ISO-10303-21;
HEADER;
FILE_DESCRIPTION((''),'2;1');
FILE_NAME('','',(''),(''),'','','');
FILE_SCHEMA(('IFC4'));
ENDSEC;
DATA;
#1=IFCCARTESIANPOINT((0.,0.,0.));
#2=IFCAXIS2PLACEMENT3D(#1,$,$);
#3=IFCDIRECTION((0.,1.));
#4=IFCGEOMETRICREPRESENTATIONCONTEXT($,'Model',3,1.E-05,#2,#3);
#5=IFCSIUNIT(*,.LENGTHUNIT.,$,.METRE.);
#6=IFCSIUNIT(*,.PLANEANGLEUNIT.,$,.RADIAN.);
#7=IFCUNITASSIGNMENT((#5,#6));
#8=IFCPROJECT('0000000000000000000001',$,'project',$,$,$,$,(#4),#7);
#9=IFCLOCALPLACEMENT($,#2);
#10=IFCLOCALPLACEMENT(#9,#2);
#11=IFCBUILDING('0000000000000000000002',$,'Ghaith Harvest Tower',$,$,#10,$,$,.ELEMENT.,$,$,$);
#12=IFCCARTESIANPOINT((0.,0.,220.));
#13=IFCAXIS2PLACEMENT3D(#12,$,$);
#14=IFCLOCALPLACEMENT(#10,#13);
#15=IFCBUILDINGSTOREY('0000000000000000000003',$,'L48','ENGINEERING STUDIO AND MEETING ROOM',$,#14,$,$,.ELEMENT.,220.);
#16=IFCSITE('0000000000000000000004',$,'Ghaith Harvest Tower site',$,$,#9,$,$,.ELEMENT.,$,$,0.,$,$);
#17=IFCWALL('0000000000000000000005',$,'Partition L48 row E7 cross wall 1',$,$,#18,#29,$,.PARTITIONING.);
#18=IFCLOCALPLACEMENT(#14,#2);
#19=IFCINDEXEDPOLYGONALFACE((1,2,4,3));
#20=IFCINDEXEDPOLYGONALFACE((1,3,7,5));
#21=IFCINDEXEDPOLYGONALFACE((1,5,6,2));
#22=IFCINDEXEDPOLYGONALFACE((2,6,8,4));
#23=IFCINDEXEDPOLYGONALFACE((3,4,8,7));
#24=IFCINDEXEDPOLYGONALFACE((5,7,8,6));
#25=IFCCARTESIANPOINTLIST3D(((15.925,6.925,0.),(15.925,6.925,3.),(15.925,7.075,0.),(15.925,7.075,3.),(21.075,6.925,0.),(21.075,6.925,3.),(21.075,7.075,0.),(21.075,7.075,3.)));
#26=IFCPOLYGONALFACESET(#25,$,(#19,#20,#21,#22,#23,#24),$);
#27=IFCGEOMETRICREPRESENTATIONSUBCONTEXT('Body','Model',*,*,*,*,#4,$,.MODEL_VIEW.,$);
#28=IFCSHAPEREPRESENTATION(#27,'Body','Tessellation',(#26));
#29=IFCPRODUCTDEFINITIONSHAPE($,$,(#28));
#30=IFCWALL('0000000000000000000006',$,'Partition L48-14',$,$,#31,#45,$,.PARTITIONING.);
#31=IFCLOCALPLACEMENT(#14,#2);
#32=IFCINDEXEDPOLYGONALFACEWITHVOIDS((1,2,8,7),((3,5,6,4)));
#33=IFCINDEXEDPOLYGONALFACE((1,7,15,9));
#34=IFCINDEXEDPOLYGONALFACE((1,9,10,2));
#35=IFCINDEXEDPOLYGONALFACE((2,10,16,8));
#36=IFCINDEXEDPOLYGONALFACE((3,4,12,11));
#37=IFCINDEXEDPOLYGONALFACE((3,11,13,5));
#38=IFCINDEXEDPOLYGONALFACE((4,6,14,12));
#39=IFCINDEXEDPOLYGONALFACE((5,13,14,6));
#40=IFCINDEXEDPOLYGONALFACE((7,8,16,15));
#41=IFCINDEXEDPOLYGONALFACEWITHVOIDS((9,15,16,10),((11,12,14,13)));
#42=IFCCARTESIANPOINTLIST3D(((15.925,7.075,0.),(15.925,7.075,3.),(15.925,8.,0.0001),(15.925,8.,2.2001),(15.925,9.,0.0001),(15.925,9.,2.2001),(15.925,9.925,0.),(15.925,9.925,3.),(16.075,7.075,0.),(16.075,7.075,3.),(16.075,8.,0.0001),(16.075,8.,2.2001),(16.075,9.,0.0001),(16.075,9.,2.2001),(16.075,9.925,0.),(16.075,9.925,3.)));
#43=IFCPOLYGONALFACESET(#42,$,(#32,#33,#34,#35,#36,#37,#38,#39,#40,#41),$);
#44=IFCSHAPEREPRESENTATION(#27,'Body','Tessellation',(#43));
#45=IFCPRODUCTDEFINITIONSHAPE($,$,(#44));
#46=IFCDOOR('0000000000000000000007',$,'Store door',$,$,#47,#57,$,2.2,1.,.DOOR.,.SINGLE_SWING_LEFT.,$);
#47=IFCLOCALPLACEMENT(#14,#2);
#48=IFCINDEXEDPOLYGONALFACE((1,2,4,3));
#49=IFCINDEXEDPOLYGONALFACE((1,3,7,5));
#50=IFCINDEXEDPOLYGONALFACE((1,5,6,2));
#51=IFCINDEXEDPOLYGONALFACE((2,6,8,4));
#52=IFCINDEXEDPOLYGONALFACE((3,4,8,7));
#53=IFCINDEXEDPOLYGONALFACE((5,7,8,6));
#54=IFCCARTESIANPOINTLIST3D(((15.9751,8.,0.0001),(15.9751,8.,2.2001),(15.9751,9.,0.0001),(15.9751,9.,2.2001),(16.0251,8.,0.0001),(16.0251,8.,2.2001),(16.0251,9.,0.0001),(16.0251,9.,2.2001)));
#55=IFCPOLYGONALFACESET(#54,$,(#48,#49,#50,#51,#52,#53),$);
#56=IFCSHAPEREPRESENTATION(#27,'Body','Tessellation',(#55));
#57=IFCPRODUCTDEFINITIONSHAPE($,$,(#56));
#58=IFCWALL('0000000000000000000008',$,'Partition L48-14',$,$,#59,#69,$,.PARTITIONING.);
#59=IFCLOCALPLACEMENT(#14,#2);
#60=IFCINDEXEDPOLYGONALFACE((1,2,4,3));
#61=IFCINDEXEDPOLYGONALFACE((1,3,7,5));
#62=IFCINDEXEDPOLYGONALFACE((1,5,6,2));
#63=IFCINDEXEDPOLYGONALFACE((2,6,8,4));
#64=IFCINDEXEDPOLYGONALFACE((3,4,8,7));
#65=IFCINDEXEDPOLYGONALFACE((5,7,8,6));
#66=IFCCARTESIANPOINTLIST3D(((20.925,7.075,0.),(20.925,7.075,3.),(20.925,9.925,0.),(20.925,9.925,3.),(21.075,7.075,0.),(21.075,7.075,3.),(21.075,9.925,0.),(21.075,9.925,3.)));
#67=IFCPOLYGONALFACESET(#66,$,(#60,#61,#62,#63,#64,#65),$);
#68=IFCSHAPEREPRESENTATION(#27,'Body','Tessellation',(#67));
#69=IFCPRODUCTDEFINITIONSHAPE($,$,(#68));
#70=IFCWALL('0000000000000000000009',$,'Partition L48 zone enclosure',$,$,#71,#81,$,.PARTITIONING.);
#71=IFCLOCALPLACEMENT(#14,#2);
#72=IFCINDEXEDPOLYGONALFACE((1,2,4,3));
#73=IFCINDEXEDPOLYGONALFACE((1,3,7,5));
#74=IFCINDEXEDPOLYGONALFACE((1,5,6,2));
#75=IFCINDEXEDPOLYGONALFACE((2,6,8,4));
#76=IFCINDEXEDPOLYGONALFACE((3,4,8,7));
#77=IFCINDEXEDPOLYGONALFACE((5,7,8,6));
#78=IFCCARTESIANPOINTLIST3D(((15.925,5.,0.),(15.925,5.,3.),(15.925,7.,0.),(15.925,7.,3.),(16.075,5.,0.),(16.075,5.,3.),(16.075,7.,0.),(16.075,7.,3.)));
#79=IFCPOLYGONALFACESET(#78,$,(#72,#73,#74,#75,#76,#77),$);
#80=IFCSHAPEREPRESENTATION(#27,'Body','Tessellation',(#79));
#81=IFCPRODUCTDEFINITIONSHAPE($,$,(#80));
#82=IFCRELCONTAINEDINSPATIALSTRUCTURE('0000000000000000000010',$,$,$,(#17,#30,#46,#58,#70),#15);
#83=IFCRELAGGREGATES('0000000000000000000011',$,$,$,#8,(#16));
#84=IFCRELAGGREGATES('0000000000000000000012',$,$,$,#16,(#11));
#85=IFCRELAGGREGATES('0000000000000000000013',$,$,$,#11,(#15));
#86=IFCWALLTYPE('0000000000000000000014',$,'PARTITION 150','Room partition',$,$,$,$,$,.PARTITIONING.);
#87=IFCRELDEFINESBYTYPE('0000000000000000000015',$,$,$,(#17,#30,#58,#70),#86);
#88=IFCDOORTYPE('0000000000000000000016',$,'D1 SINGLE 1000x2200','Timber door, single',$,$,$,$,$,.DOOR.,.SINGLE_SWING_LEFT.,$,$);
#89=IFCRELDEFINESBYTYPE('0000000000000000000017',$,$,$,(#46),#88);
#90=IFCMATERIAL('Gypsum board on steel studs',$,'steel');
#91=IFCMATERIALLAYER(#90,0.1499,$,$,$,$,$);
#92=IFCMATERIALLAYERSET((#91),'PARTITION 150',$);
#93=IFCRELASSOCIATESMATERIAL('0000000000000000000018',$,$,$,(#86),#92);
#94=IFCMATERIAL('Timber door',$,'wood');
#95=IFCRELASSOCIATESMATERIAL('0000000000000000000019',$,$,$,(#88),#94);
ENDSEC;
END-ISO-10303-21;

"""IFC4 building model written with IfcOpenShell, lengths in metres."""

from ifc_helpers import new_model, si_unit, direction, frame, frame_2d, origin, place, context, subcontext, project, spatial, rectangle, extrude, material, layer, layer_set, type_object, element, fill, save


model = new_model("IFC4")

# Units and contexts
model_context = context("Model", 3, precision=1e-05, world=origin(), true_north=direction((0.0, 1.0)))
body_context = subcontext(model_context, "Body", "Model", "MODEL_VIEW")
ifc_project = project(units=[si_unit("LENGTHUNIT", "METRE"), si_unit("PLANEANGLEUNIT", "RADIAN")], contexts=[model_context])

# Site, building, storey
site_placement = place(None, origin())
site = spatial("IfcSite", under=ifc_project, at=site_placement, Name="Ghaith Harvest Tower site", CompositionType="ELEMENT", RefElevation=0.0)
building_placement = place(site_placement, origin())
building = spatial("IfcBuilding", under=site, at=building_placement, Name="Ghaith Harvest Tower", CompositionType="ELEMENT")
storey_placement = place(building_placement, frame((0.0, 0.0, 220.0)))
storey = spatial("IfcBuildingStorey", under=building, at=storey_placement, Name="L48", Description="ENGINEERING STUDIO AND MEETING ROOM", CompositionType="ELEMENT", Elevation=220.0)

# Wall
ifc_material_1 = material(Name="Gypsum board on steel studs", Category="steel")
ifc_layer_1 = layer(ifc_material_1, 0.1499)
ifc_layer_set_1 = layer_set([ifc_layer_1], Name="PARTITION 150")
wall_type_1 = type_object("IfcWallType", Name="PARTITION 150", Description="Room partition", PredefinedType="PARTITIONING", material=ifc_layer_set_1)
wall_1_placement = place(storey_placement, frame((15.925, 7.0, 0.0), z_axis=(0.0, 0.0, 1.0), x_axis=(1.0, 0.0, 0.0)))
element("IfcWall", 1, at=wall_1_placement, inside=storey, type_object=wall_type_1, Name="Partition L48 row E7 cross wall 1", PredefinedType="PARTITIONING", context=body_context, shape_type="SweptSolid", body=[
    extrude(rectangle(XDim=5.1499, YDim=0.1499, at=frame_2d((2.575, 0.0))), origin(), (0.0, 0.0, 1.0), 3.0),
])

# Wall, opening, door
wall_2_placement = place(storey_placement, frame((16.0, 7.075, 0.0), z_axis=(0.0, 0.0, 1.0), x_axis=(0.0, 1.0, 0.0)))
wall_2 = element("IfcWall", 2, at=wall_2_placement, inside=storey, type_object=wall_type_1, Name="Partition L48-14", PredefinedType="PARTITIONING", context=body_context, shape_type="SweptSolid", body=[
    extrude(rectangle(XDim=2.8501, YDim=0.1499, at=frame_2d((1.425, 0.0))), origin(), (0.0, 0.0, 1.0), 3.0),
])
opening_1_placement = place(wall_2_placement, frame((0.925, 0.0, 0.0)))
opening_1 = element("IfcOpeningElement", 3, at=opening_1_placement, cuts=wall_2, PredefinedType="OPENING", context=body_context, shape_type="SweptSolid", body=[
    extrude(rectangle(XDim=1.0, YDim=2.2, at=frame_2d((0.5, 1.1001))), frame((0.0, 0.085, 0.0), z_axis=(0.0, -1.0, 0.0), x_axis=(1.0, 0.0, 0.0)), (0.0, 0.0, 1.0), 0.1699),
])
ifc_material_2 = material(Name="Timber door", Category="wood")
door_type_1 = type_object("IfcDoorType", Name="D1 SINGLE 1000x2200", Description="Timber door, single", OperationType="SINGLE_SWING_LEFT", PredefinedType="DOOR", material=ifc_material_2)
door_1_placement = place(opening_1_placement, origin())
door_1 = element("IfcDoor", 4, at=door_1_placement, inside=storey, type_object=door_type_1, Name="Store door", OperationType="SINGLE_SWING_LEFT", OverallHeight=2.2, OverallWidth=1.0, PredefinedType="DOOR", context=body_context, shape_type="SweptSolid", body=[
    extrude(rectangle(XDim=1.0, YDim=2.2, at=frame_2d((0.5, 1.1001))), frame((0.0, 0.0249, 0.0), z_axis=(0.0, -1.0, 0.0), x_axis=(1.0, 0.0, 0.0)), (0.0, 0.0, 1.0), 0.05),
])
fill(opening_1, door_1)

# Walls
wall_3_placement = place(storey_placement, frame((21.0, 7.075, 0.0), z_axis=(0.0, 0.0, 1.0), x_axis=(0.0, 1.0, 0.0)))
element("IfcWall", 5, at=wall_3_placement, inside=storey, type_object=wall_type_1, Name="Partition L48-14", PredefinedType="PARTITIONING", context=body_context, shape_type="SweptSolid", body=[
    extrude(rectangle(XDim=2.8501, YDim=0.1499, at=frame_2d((1.425, 0.0))), origin(), (0.0, 0.0, 1.0), 3.0),
])
wall_4_placement = place(storey_placement, frame((16.0, 5.0, 0.0), z_axis=(0.0, 0.0, 1.0), x_axis=(0.0, 1.0, 0.0)))
element("IfcWall", 6, at=wall_4_placement, inside=storey, type_object=wall_type_1, Name="Partition L48 zone enclosure", PredefinedType="PARTITIONING", context=body_context, shape_type="SweptSolid", body=[
    extrude(rectangle(XDim=2.0, YDim=0.1499, at=frame_2d((1.0, 0.0))), origin(), (0.0, 0.0, 1.0), 3.0),
])

save(model, "model.ifc")
